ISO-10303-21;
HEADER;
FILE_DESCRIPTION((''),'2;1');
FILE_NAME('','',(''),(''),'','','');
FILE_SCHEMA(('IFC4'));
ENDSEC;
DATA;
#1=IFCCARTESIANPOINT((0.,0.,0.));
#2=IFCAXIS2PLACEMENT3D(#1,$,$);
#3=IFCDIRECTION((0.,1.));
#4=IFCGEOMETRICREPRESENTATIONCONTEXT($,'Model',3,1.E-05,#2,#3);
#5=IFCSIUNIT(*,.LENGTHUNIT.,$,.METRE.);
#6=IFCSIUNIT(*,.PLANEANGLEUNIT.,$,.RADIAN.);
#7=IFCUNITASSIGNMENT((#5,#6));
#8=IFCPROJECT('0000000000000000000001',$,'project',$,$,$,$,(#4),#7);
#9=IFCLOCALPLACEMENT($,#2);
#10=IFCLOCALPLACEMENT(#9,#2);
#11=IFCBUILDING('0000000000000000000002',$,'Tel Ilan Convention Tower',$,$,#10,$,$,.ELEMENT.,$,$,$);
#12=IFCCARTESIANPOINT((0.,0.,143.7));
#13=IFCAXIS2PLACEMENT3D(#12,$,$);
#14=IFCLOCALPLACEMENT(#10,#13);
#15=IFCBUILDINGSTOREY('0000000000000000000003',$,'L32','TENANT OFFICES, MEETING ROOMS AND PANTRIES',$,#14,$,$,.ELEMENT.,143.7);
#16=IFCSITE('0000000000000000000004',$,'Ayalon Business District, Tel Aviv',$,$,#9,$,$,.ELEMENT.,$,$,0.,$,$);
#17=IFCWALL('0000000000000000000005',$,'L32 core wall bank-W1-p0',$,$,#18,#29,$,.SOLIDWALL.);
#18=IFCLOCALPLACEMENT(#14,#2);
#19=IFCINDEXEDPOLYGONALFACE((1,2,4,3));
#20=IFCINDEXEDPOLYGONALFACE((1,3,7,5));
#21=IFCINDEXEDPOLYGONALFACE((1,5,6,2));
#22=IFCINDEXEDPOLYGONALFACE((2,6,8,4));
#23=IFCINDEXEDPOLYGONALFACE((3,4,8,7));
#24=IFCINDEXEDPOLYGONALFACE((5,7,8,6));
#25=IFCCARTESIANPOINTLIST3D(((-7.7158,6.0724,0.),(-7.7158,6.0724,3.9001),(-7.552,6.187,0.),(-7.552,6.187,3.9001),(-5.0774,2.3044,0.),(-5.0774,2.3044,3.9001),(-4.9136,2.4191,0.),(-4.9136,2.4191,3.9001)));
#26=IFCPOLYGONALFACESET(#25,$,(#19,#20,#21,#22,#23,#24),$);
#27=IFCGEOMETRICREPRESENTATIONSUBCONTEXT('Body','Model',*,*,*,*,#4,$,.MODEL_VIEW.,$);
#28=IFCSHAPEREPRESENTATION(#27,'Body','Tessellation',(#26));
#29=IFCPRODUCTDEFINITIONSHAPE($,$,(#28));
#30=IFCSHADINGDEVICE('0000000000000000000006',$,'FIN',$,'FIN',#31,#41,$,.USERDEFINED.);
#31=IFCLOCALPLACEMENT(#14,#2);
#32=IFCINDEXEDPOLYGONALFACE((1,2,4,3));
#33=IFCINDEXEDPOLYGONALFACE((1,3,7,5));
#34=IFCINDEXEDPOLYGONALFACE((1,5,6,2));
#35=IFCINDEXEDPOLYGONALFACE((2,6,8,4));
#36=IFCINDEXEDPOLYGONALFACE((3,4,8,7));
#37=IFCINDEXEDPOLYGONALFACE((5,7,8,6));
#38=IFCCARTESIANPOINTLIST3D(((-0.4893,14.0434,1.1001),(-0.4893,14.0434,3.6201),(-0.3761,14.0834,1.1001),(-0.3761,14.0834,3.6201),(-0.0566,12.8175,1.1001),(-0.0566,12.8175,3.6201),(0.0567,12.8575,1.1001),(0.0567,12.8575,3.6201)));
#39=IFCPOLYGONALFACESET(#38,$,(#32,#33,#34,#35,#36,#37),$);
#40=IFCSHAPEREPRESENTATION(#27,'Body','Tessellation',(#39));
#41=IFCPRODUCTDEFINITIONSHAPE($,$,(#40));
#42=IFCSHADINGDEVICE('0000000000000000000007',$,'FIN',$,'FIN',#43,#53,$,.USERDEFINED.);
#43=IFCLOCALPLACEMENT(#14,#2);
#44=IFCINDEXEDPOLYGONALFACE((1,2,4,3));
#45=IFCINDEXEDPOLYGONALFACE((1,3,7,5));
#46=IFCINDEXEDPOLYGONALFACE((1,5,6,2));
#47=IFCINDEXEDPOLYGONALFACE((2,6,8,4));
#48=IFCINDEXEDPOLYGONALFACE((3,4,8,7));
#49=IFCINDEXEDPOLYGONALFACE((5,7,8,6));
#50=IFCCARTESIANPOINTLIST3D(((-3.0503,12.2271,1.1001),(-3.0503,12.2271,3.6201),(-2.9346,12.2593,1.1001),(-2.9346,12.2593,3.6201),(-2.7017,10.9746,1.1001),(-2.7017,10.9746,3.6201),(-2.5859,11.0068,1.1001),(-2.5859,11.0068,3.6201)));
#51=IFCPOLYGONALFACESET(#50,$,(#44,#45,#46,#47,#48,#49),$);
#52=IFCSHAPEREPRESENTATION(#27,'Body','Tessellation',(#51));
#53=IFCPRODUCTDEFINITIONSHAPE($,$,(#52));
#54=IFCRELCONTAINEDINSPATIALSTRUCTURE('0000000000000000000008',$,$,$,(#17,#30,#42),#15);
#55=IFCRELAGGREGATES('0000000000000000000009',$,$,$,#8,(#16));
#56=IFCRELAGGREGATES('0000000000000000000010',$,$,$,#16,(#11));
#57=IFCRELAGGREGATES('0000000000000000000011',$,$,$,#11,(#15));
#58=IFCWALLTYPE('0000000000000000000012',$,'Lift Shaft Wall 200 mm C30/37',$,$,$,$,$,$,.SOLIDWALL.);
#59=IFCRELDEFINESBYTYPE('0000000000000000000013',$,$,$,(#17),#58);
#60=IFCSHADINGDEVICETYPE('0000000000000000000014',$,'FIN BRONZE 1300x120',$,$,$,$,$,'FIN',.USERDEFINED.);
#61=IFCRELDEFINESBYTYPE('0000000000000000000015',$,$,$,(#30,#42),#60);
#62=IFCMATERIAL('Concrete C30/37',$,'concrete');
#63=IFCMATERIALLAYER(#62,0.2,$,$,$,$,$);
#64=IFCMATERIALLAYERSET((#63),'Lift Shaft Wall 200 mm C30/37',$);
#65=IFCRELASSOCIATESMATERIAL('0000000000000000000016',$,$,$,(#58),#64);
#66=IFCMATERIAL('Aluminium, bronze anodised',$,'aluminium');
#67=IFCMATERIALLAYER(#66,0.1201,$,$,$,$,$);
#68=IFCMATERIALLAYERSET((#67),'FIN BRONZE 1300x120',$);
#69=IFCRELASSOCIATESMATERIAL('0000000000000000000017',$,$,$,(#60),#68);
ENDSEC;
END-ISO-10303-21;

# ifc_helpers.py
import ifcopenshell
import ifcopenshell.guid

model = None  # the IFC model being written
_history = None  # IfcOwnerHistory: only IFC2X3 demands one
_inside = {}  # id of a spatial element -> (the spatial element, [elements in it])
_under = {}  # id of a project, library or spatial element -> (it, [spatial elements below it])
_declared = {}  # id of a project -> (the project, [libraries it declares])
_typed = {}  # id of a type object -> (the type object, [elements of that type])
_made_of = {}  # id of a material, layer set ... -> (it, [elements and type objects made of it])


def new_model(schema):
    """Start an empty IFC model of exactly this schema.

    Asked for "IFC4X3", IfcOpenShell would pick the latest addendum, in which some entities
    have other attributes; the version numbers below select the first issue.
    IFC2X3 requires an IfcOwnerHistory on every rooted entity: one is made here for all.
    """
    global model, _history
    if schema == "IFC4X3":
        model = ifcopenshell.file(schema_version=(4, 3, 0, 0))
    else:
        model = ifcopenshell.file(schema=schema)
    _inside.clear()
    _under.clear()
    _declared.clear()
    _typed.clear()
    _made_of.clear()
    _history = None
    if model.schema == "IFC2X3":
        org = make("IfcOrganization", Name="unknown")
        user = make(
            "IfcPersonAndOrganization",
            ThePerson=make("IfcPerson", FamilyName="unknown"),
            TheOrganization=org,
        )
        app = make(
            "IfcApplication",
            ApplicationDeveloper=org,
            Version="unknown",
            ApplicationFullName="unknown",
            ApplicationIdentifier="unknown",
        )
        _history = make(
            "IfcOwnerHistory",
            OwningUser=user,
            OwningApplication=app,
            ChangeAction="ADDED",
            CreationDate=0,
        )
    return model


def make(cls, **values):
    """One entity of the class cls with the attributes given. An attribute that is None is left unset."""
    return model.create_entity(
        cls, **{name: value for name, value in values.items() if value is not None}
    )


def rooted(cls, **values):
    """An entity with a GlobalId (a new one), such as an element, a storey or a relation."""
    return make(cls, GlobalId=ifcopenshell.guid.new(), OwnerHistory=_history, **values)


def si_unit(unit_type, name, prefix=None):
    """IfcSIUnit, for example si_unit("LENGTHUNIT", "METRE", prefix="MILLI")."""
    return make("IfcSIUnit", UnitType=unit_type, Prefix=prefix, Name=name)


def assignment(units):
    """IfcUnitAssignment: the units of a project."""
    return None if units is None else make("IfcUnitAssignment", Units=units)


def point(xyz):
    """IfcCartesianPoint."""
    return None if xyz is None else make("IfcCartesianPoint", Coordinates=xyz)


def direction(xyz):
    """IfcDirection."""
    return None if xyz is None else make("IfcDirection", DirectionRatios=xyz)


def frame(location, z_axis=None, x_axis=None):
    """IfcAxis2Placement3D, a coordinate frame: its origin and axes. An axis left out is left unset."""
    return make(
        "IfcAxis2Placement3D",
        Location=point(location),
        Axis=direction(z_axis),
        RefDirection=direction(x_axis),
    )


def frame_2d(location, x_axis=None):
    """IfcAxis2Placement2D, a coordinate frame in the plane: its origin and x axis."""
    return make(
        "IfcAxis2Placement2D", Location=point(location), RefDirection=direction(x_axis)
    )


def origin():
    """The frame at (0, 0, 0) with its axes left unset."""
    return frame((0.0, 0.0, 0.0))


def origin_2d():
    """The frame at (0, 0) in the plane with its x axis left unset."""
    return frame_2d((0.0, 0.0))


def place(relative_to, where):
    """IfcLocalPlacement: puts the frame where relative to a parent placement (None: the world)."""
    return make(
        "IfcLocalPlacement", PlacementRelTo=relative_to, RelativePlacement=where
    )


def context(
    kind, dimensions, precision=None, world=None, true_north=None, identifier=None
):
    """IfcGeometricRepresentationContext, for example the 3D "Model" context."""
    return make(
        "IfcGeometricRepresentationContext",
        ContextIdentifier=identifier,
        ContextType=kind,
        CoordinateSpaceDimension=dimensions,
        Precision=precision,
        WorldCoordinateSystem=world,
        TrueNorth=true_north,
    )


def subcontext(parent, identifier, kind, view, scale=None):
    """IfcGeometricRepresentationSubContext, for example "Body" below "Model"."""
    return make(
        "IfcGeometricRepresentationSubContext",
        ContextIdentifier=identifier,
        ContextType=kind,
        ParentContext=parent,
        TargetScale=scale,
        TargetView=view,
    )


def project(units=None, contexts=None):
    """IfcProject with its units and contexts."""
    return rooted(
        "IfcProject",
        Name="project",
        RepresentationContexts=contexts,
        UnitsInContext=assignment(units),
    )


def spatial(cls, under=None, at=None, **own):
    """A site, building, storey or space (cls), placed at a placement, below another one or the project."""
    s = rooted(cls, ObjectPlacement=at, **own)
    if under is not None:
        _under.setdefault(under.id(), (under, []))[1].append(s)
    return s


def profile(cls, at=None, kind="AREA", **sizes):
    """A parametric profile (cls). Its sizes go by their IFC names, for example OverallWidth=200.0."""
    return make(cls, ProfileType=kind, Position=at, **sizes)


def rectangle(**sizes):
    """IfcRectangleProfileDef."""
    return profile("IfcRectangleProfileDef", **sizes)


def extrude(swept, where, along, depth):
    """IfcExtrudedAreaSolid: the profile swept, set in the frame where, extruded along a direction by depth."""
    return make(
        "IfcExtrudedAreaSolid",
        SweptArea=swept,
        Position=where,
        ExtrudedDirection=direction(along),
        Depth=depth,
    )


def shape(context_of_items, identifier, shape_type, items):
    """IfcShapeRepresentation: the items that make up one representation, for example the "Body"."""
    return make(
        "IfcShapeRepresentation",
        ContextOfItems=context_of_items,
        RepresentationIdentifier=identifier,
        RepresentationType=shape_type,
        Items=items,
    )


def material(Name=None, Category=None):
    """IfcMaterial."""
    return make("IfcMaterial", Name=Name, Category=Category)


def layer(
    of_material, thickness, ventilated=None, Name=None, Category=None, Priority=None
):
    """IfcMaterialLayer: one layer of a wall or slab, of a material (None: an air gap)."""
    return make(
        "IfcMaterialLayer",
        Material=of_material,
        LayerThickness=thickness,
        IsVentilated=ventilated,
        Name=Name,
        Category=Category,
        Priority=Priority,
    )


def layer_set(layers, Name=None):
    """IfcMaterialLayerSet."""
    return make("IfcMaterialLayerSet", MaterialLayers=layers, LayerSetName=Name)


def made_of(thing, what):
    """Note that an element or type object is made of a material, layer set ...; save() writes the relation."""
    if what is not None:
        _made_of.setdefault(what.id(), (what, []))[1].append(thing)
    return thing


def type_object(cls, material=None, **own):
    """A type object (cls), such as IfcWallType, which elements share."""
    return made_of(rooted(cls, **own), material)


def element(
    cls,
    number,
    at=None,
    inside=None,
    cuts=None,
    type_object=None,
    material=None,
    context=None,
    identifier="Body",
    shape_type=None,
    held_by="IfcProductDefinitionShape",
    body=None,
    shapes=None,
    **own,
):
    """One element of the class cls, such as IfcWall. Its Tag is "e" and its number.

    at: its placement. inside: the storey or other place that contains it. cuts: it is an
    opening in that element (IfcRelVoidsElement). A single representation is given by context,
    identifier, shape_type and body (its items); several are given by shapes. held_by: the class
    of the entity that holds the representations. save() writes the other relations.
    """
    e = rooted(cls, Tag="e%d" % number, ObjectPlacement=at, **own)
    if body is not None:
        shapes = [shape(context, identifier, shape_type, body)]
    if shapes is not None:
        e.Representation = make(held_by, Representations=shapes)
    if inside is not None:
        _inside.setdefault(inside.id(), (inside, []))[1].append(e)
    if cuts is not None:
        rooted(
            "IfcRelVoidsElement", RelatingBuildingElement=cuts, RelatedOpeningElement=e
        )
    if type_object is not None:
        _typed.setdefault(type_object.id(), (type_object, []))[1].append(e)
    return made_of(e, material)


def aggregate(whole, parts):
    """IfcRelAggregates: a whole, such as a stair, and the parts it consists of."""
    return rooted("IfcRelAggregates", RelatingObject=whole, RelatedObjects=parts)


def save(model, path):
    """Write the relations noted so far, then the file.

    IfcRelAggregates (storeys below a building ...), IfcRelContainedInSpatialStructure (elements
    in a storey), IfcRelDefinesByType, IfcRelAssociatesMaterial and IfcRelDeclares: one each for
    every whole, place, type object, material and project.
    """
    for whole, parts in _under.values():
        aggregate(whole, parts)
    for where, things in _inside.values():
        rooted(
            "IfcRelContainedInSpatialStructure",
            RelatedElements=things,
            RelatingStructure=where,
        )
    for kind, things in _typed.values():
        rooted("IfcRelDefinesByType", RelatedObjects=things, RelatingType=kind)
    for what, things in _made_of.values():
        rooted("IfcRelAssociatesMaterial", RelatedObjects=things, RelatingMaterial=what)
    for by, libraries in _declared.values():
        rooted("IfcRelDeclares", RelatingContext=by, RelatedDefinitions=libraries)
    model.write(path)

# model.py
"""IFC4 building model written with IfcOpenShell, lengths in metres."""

from ifc_helpers import new_model, si_unit, direction, frame, frame_2d, origin, origin_2d, place, context, subcontext, project, spatial, rectangle, extrude, material, layer, layer_set, type_object, element, save


model = new_model("IFC4")

# Units and contexts
model_context = context("Model", 3, precision=1e-05, world=origin(), true_north=direction((0.0, 1.0)))
body_context = subcontext(model_context, "Body", "Model", "MODEL_VIEW")
ifc_project = project(units=[si_unit("LENGTHUNIT", "METRE"), si_unit("PLANEANGLEUNIT", "RADIAN")], contexts=[model_context])

# Site, building, storey
site_placement = place(None, origin())
site = spatial("IfcSite", under=ifc_project, at=site_placement, Name="Ayalon Business District, Tel Aviv", CompositionType="ELEMENT", RefElevation=0.0)
building_placement = place(site_placement, origin())
building = spatial("IfcBuilding", under=site, at=building_placement, Name="Tel Ilan Convention Tower", CompositionType="ELEMENT")
storey_placement = place(building_placement, frame((0.0, 0.0, 143.7)))
storey = spatial("IfcBuildingStorey", under=building, at=storey_placement, Name="L32", Description="TENANT OFFICES, MEETING ROOMS AND PANTRIES", CompositionType="ELEMENT", Elevation=143.7)

# Wall
ifc_material_1 = material(Name="Concrete C30/37", Category="concrete")
ifc_layer_1 = layer(ifc_material_1, 0.2)
ifc_layer_set_1 = layer_set([ifc_layer_1], Name="Lift Shaft Wall 200 mm C30/37")
wall_type_1 = type_object("IfcWallType", Name="Lift Shaft Wall 200 mm C30/37", PredefinedType="SOLIDWALL", material=ifc_layer_set_1)
wall_1_placement = place(storey_placement, frame((-4.9956, 2.3618, 0.0), z_axis=(0.0, 0.0, 1.0), x_axis=(-0.573576, 0.819152, 0.0)))
element("IfcWall", 1, at=wall_1_placement, inside=storey, type_object=wall_type_1, Name="L32 core wall bank-W1-p0", PredefinedType="SOLIDWALL", context=body_context, shape_type="SweptSolid", body=[
    extrude(rectangle(XDim=4.5999, YDim=0.2, at=frame_2d((2.2998, 0.0))), origin(), (0.0, 0.0, 1.0), 3.9001),
])

# Shading devices
ifc_material_2 = material(Name="Aluminium, bronze anodised", Category="aluminium")
ifc_layer_2 = layer(ifc_material_2, 0.1201)
ifc_layer_set_2 = layer_set([ifc_layer_2], Name="FIN BRONZE 1300x120")
shading_device_type = type_object("IfcShadingDeviceType", Name="FIN BRONZE 1300x120", ElementType="FIN", PredefinedType="USERDEFINED", material=ifc_layer_set_2)
for number, where, z_axis, x_axis, name in (
    (2, (-0.2163, 13.4504, 1.1001), (0.0, 0.0, 1.0), (-0.332893, 0.942965, 0.0), "FIN"),
    (3, (-2.8181, 11.6169, 1.1001), (0.0, 0.0, 1.0), (-0.268173, 0.963371, 0.0), "FIN"),
):
    element("IfcShadingDevice", number, at=place(storey_placement, frame(where, z_axis=z_axis, x_axis=x_axis)), inside=storey, type_object=shading_device_type, Name=name, ObjectType="FIN", PredefinedType="USERDEFINED", context=body_context, shape_type="SweptSolid", body=[
        extrude(rectangle(XDim=1.3, YDim=0.1201, at=origin_2d()), origin(), (0.0, 0.0, 1.0), 2.52),
    ])

save(model, "model.ifc")
